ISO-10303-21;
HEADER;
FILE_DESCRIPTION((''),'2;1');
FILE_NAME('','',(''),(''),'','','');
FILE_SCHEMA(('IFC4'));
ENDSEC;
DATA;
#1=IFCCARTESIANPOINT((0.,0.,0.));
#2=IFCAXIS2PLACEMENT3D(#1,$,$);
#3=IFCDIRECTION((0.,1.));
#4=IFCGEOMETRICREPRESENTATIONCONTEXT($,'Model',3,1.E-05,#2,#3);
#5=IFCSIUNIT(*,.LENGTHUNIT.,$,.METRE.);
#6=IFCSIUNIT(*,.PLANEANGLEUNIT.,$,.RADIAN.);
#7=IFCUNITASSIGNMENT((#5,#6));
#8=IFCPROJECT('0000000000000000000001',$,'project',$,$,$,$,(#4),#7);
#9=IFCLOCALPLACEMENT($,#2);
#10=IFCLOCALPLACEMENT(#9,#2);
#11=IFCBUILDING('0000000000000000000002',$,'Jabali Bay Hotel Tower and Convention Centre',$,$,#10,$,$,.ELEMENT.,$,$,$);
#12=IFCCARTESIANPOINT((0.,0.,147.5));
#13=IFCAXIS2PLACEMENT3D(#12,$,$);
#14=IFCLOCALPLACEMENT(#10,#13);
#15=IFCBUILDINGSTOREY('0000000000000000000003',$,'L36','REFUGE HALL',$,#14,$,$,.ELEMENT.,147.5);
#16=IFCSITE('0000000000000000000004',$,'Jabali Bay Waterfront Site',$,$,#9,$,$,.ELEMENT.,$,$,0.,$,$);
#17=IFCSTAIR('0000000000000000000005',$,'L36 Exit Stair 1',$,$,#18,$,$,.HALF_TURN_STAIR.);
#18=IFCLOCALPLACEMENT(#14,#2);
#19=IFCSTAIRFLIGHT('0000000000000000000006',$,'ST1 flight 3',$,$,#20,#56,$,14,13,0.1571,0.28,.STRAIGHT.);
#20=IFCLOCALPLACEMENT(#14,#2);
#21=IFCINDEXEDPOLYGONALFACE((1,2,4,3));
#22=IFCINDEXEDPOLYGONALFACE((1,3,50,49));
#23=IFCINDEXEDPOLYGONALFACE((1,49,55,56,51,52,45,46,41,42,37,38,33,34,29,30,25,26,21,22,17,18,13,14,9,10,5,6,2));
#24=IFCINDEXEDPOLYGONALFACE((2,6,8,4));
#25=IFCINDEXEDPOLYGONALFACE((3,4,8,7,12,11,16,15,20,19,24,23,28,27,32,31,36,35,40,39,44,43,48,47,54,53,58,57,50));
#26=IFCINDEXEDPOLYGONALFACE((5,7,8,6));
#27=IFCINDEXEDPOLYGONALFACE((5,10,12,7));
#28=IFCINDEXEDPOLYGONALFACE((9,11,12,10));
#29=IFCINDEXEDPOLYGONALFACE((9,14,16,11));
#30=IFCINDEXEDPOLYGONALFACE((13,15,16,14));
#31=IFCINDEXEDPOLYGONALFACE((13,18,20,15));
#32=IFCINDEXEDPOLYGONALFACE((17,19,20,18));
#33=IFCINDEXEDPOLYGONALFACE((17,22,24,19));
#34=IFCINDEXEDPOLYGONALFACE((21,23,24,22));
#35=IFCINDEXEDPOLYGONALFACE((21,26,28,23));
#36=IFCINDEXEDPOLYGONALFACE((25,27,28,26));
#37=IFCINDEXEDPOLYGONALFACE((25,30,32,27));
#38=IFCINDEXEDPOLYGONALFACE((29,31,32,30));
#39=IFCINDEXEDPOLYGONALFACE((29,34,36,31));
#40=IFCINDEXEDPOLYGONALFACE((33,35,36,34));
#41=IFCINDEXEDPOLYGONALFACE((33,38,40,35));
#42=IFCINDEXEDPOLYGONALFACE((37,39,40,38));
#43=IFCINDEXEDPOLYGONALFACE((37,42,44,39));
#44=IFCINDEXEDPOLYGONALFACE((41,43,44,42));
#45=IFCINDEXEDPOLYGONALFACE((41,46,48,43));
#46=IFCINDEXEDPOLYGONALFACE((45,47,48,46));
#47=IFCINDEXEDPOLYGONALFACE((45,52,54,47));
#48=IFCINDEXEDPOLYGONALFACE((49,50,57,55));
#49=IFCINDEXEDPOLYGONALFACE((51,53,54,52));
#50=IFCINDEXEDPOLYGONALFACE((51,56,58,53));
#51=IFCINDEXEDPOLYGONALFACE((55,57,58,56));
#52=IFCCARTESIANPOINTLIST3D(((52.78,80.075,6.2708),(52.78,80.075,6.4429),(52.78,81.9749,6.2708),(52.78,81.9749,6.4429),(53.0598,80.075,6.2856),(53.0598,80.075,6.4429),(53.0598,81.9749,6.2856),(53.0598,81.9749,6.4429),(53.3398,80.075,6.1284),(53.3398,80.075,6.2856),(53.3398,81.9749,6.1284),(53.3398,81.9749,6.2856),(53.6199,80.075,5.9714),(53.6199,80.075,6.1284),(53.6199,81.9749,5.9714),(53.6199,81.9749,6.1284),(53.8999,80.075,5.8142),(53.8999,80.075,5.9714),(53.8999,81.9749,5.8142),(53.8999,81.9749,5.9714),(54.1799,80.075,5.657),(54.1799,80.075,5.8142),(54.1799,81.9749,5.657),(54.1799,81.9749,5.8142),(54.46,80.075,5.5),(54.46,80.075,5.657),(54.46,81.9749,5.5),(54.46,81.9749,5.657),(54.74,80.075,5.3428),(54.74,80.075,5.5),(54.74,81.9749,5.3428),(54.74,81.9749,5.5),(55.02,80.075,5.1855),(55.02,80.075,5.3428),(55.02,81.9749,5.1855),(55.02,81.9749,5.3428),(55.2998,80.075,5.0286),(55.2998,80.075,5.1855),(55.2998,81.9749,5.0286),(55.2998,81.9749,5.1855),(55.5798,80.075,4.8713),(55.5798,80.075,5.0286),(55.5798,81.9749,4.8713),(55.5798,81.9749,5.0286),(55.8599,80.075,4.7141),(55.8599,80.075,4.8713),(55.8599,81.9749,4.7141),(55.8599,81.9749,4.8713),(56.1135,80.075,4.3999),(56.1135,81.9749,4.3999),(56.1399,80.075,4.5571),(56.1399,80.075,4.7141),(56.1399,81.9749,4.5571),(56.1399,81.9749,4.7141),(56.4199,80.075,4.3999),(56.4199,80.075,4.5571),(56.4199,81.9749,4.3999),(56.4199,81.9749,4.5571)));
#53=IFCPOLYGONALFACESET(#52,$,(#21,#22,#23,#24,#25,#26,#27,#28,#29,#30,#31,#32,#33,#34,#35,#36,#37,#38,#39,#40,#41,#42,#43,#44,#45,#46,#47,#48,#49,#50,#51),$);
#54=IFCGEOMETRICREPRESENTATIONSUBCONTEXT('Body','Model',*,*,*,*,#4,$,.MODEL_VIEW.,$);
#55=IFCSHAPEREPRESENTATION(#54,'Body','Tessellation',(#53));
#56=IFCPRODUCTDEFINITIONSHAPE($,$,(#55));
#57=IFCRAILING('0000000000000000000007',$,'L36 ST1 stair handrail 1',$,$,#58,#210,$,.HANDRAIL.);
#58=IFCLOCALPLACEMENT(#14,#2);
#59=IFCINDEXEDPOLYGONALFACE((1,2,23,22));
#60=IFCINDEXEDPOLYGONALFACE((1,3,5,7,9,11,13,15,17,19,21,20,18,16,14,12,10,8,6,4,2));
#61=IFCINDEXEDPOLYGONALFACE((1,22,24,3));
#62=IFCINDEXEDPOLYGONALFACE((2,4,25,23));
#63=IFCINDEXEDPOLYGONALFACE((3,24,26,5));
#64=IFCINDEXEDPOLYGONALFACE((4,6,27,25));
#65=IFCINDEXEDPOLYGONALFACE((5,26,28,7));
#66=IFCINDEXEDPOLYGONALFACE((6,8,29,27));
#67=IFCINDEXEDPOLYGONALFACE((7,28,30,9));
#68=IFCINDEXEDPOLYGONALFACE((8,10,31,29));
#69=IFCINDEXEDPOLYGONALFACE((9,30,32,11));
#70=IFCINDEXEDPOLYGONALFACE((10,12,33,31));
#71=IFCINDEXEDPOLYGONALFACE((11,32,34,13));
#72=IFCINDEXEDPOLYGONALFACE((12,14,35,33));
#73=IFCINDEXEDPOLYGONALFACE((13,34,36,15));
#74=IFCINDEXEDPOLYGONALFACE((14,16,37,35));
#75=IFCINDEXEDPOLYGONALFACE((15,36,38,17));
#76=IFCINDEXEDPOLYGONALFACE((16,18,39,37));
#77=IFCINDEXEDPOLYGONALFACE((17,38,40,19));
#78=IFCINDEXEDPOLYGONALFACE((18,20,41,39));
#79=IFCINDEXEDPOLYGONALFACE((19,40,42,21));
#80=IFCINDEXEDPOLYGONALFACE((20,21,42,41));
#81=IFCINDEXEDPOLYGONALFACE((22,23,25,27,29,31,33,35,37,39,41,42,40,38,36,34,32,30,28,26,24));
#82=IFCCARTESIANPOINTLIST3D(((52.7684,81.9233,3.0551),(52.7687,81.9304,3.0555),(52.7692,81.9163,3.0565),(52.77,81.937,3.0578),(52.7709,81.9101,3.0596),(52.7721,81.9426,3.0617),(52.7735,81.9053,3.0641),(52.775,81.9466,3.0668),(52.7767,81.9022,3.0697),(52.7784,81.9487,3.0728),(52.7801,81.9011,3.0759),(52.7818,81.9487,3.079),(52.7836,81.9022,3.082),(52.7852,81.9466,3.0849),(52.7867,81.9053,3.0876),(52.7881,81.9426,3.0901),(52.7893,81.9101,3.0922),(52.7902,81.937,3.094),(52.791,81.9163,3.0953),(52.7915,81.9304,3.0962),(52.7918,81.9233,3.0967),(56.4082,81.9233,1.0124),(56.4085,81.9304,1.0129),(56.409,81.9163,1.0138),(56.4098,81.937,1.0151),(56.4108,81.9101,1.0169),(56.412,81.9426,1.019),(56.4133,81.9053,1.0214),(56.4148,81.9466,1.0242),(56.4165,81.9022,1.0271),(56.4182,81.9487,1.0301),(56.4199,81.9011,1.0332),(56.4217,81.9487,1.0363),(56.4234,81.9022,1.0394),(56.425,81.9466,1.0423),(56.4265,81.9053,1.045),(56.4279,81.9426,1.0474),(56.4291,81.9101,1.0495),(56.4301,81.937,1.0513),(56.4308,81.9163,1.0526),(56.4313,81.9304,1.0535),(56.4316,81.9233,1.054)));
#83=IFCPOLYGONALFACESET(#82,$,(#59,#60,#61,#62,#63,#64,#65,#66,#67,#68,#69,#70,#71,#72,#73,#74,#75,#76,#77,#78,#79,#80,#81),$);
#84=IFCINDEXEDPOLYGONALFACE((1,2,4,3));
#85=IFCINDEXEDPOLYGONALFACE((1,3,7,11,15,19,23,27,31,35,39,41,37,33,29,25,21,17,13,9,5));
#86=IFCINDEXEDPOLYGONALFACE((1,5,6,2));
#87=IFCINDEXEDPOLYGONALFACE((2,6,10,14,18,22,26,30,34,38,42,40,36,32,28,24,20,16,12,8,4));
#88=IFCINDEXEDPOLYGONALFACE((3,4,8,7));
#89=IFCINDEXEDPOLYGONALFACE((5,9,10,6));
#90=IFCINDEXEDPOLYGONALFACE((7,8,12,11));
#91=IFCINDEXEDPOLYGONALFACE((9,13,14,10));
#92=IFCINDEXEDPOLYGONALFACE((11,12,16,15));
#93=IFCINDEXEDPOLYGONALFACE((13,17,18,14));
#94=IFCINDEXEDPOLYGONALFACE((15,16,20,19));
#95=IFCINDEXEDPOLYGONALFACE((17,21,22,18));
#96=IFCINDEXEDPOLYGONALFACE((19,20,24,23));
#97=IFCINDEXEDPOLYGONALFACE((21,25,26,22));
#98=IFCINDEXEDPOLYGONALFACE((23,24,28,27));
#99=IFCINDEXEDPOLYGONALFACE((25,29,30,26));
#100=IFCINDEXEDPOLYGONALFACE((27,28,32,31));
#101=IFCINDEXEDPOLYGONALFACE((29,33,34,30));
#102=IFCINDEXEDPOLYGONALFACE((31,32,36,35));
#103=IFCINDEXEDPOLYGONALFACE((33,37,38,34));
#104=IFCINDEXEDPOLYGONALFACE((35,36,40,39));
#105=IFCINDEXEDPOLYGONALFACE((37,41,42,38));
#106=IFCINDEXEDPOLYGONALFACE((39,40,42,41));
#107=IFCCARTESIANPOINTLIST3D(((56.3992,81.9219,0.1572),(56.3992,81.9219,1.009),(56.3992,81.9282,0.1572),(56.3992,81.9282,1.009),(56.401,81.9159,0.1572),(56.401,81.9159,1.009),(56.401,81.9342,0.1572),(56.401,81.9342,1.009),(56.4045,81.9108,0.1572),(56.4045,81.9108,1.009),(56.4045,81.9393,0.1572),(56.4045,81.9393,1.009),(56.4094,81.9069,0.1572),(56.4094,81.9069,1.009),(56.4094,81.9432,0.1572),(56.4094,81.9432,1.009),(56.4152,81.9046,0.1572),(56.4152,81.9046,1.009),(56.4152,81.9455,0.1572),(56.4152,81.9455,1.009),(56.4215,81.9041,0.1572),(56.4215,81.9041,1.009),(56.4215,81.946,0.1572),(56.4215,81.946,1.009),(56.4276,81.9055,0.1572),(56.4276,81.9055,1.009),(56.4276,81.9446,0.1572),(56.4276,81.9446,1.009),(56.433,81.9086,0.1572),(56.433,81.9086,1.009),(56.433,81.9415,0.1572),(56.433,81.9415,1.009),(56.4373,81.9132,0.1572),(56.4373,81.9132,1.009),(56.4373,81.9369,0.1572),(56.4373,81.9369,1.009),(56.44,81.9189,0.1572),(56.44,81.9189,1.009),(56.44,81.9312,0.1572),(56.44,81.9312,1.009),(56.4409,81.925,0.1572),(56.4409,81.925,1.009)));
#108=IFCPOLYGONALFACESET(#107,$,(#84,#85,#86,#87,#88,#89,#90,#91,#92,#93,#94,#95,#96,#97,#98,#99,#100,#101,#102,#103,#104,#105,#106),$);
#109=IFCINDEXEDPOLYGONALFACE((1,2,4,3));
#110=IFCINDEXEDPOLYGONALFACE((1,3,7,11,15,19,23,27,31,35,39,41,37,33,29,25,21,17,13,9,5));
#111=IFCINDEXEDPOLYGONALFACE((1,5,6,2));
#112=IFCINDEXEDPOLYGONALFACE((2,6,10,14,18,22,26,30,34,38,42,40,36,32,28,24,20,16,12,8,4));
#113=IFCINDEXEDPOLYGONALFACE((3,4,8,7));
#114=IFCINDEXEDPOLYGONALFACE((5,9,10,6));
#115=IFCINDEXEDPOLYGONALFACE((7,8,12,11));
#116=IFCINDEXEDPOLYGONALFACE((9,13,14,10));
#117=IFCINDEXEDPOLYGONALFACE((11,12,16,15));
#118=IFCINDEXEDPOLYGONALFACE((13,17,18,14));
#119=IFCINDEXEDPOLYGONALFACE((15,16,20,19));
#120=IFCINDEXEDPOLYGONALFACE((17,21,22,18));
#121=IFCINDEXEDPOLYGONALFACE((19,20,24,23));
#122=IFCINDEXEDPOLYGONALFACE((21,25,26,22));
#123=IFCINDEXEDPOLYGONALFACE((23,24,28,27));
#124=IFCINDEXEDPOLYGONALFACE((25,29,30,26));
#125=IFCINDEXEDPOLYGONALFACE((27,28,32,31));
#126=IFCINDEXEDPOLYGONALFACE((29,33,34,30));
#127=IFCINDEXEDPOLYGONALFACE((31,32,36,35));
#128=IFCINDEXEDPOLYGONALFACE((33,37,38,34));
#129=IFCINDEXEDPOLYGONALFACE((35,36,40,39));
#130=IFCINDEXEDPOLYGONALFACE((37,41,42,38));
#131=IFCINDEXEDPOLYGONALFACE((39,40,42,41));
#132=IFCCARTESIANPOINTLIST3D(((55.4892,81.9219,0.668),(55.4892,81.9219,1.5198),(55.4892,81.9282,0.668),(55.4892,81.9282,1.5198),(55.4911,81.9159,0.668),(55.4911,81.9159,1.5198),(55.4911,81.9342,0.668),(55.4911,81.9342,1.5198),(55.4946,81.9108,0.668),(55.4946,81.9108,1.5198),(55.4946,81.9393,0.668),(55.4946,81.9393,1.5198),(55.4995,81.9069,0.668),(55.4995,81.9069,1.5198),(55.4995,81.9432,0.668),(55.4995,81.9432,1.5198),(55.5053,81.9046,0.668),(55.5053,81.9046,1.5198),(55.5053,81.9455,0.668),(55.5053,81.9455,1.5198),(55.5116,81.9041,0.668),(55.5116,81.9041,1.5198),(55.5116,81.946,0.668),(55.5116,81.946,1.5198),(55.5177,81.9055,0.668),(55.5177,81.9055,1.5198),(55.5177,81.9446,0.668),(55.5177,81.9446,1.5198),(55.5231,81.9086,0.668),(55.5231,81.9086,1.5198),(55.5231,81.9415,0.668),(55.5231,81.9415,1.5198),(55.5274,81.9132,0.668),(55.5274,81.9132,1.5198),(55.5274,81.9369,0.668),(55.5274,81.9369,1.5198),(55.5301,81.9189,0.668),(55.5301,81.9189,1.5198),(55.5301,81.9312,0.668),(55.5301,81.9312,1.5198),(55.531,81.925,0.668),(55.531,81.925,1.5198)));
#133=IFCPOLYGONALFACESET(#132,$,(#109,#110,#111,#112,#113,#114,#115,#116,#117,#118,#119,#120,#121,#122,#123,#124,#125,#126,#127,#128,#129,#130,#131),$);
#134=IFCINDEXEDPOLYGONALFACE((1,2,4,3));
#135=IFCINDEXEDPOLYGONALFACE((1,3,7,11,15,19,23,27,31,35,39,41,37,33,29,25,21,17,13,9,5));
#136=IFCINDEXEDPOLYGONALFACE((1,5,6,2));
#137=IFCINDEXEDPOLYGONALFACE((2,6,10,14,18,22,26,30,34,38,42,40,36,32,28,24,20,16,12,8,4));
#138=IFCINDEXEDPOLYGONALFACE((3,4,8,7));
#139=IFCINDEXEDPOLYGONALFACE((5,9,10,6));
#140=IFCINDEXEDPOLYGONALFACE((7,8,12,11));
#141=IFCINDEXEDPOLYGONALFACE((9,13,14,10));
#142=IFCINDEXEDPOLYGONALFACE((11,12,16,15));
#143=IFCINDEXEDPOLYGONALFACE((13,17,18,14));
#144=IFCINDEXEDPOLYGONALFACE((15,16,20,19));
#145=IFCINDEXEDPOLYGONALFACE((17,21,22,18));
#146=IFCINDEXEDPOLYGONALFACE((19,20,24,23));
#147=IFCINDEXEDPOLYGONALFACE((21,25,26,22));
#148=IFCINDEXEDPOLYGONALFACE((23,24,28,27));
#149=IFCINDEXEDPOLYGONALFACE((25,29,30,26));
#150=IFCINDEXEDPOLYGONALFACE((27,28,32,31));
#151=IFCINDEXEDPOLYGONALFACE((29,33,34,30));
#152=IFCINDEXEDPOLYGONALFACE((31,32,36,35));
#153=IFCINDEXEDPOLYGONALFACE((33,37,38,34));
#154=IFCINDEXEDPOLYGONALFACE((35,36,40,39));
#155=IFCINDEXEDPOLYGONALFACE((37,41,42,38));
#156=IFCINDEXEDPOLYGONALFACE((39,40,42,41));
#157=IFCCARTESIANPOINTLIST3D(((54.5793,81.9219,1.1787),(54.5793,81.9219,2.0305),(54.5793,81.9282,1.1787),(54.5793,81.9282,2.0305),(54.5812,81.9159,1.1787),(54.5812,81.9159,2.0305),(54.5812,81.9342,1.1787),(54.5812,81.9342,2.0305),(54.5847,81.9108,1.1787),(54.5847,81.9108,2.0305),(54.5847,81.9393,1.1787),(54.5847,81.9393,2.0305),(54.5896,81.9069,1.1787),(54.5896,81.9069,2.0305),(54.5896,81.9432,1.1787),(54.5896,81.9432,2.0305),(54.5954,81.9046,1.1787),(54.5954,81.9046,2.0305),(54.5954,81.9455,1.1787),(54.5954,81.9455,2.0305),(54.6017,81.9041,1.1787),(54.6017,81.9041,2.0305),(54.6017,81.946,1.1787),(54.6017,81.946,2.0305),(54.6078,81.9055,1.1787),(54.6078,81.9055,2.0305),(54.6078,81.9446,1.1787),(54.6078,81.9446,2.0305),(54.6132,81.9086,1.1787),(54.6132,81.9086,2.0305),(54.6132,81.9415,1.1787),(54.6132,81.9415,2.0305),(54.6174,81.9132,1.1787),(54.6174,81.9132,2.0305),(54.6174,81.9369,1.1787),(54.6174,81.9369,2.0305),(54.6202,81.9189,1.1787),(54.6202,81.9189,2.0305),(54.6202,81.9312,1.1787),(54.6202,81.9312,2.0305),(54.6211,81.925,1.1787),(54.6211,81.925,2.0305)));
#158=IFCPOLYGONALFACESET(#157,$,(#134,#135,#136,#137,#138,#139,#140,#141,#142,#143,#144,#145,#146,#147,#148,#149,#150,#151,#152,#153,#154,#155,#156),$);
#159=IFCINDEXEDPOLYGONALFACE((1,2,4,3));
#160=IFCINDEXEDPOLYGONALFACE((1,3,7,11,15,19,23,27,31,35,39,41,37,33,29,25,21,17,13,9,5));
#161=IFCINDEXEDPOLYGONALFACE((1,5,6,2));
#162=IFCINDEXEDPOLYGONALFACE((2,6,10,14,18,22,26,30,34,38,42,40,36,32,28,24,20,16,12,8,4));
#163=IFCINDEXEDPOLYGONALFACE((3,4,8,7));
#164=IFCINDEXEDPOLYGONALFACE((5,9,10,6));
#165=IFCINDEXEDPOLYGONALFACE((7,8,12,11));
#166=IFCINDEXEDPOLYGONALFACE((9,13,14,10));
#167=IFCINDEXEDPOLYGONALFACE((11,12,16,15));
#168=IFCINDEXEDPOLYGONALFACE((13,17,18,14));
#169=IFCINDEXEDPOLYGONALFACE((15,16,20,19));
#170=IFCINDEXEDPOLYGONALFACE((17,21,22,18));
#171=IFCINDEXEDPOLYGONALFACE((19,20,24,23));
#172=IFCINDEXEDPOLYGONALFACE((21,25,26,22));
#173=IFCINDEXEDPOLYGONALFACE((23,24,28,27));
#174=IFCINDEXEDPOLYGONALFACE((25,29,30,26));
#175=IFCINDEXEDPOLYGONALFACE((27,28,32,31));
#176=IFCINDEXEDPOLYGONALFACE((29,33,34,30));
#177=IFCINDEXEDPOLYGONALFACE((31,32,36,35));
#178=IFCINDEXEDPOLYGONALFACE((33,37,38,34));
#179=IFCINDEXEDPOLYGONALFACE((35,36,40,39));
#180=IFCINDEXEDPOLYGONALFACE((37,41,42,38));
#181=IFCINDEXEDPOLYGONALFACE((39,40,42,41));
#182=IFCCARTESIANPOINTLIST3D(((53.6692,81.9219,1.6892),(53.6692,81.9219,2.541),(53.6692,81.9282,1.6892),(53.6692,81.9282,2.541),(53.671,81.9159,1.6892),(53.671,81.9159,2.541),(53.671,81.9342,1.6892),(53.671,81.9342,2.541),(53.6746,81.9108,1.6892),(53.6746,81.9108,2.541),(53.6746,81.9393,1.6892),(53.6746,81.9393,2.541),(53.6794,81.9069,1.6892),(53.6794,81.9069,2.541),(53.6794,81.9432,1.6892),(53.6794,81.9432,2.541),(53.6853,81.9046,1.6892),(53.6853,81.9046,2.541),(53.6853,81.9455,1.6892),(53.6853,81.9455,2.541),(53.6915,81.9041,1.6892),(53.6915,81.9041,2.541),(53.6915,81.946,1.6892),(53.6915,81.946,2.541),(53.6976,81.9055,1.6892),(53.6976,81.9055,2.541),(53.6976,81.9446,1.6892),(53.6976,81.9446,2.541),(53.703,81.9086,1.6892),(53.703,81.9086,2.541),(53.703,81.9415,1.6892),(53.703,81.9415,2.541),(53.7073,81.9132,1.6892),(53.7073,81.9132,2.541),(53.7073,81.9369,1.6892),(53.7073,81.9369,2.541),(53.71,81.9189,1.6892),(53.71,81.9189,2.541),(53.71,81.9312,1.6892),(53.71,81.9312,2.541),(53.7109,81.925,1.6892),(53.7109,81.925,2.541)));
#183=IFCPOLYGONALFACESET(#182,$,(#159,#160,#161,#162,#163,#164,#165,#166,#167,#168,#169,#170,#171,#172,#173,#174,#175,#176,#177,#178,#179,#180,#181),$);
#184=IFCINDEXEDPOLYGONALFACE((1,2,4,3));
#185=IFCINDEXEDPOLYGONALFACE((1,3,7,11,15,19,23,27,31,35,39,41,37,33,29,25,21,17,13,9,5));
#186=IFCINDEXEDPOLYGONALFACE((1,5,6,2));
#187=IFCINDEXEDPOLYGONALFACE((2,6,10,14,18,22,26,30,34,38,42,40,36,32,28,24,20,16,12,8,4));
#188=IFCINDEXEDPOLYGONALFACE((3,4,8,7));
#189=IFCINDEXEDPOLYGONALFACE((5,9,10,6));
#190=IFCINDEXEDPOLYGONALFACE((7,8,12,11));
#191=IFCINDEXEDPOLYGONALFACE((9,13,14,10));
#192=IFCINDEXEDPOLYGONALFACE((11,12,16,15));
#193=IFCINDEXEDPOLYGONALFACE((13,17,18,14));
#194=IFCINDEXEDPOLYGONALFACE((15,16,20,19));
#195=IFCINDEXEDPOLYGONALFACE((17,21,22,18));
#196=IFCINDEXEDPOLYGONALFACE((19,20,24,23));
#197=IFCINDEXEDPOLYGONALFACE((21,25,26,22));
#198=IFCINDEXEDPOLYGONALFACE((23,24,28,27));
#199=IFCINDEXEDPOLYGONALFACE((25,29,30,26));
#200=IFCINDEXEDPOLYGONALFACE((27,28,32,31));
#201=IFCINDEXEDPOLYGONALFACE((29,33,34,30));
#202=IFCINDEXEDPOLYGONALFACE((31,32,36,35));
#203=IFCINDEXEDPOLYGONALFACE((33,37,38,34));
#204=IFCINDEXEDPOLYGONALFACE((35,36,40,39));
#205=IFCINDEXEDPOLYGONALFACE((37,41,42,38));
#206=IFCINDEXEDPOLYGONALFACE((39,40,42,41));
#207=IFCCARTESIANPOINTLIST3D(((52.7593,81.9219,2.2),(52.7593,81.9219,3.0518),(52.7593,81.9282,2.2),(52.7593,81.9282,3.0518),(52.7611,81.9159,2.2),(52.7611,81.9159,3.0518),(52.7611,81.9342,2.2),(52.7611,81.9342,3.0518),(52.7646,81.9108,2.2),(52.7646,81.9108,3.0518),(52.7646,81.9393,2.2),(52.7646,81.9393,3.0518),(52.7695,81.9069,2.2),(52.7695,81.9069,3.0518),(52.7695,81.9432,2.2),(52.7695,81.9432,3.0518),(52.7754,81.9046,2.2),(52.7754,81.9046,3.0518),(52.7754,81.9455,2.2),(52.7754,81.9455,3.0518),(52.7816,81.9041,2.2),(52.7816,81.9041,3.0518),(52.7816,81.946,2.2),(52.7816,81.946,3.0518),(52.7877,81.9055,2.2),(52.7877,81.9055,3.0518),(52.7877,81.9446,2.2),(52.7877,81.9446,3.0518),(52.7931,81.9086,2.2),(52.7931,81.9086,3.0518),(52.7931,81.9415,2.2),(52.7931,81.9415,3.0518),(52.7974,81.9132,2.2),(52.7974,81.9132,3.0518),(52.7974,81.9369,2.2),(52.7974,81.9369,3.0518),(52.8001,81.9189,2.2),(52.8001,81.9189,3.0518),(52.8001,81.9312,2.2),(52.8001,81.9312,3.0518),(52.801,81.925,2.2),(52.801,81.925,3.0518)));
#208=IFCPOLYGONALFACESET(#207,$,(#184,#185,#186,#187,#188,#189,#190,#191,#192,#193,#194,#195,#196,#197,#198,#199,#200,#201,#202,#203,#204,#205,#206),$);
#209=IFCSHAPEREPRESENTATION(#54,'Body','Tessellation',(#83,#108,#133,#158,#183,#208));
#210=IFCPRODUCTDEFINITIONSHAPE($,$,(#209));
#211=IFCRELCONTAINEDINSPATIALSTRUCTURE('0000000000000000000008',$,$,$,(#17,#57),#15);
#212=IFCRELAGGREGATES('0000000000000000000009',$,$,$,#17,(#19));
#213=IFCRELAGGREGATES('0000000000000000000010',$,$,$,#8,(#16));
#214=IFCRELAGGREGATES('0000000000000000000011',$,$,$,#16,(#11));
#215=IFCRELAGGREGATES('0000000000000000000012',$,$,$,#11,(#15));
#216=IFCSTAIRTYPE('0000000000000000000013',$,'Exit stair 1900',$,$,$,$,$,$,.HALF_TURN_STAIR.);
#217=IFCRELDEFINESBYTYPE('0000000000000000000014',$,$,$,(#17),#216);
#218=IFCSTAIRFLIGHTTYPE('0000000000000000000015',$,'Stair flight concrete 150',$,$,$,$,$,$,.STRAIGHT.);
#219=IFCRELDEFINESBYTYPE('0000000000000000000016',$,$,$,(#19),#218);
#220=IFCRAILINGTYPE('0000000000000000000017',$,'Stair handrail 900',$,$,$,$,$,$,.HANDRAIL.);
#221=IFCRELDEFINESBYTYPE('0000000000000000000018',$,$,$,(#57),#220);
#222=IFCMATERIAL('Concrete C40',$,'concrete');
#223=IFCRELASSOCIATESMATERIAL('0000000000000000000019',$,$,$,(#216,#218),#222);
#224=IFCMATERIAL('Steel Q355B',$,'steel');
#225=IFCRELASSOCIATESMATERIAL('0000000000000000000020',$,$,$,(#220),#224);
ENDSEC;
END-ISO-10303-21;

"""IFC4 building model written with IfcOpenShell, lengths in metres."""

from ifc_helpers import new_model, si_unit, direction, frame, origin, origin_2d, place, context, subcontext, project, spatial, polyline, circle, outline, extrude, material, type_object, element, aggregate, save


model = new_model("IFC4")

# Units and contexts
model_context = context("Model", 3, precision=1e-05, world=origin(), true_north=direction((0.0, 1.0)))
body_context = subcontext(model_context, "Body", "Model", "MODEL_VIEW")
ifc_project = project(units=[si_unit("LENGTHUNIT", "METRE"), si_unit("PLANEANGLEUNIT", "RADIAN")], contexts=[model_context])

# Site, building, storey
site_placement = place(None, origin())
site = spatial("IfcSite", under=ifc_project, at=site_placement, Name="Jabali Bay Waterfront Site", CompositionType="ELEMENT", RefElevation=0.0)
building_placement = place(site_placement, origin())
building = spatial("IfcBuilding", under=site, at=building_placement, Name="Jabali Bay Hotel Tower and Convention Centre", CompositionType="ELEMENT")
storey_placement = place(building_placement, frame((0.0, 0.0, 147.5)))
storey = spatial("IfcBuildingStorey", under=building, at=storey_placement, Name="L36", Description="REFUGE HALL", CompositionType="ELEMENT", Elevation=147.5)

# Shared definitions
ifc_material_1 = material(Name="Concrete C40", Category="concrete")

# Stair, stair flight
stair_type = type_object("IfcStairType", Name="Exit stair 1900", PredefinedType="HALF_TURN_STAIR", material=ifc_material_1)
stair_placement = place(storey_placement, origin())
stair = element("IfcStair", 1, at=stair_placement, inside=storey, type_object=stair_type, Name="L36 Exit Stair 1", PredefinedType="HALF_TURN_STAIR")
stair_flight_type = type_object("IfcStairFlightType", Name="Stair flight concrete 150", PredefinedType="STRAIGHT", material=ifc_material_1)
stair_flight_1_placement = place(storey_placement, frame((56.4199, 81.0249, 4.3999), z_axis=(0.0, 0.0, 1.0), x_axis=(-1.0, 0.0, 0.0)))
stair_flight_1 = element("IfcStairFlight", 2, at=stair_flight_1_placement, type_object=stair_flight_type, Name="ST1 flight 3", NumberOfRisers=14, NumberOfTreads=13, PredefinedType="STRAIGHT", RiserHeight=0.1571, TreadLength=0.28, context=body_context, shape_type="SweptSolid", body=[
    extrude(outline(polyline([(0.0, 0.0), (0.0, 0.1572), (0.28, 0.1572), (0.28, 0.3142), (0.5601, 0.3142), (0.5601, 0.4714), (0.8401, 0.4714), (0.8401, 0.6287), (1.1201, 0.6287), (1.1201, 0.7856), (1.3999, 0.7856), (1.3999, 0.9429), (1.6799, 0.9429), (1.6799, 1.1001), (1.96, 1.1001), (1.96, 1.2571), (2.24, 1.2571), (2.24, 1.4143), (2.52, 1.4143), (2.52, 1.5715), (2.8, 1.5715), (2.8, 1.7285), (3.0801, 1.7285), (3.0801, 1.8857), (3.3601, 1.8857), (3.3601, 2.043), (3.6399, 2.043), (3.6399, 2.2), (3.6399, 1.8708), (0.3064, 0.0), (0.0, 0.0)])), frame((0.0, 0.95, 0.0), z_axis=(0.0, -1.0, 0.0), x_axis=(1.0, 0.0, 0.0)), (0.0, 0.0, 1.0), 1.8999),
])
aggregate(stair, [stair_flight_1])

# Railing
ifc_material_2 = material(Name="Steel Q355B", Category="steel")
railing_type_1 = type_object("IfcRailingType", Name="Stair handrail 900", PredefinedType="HANDRAIL", material=ifc_material_2)
railing_1_placement = place(storey_placement, frame((56.4199, 81.925, 0.1572)))
element("IfcRailing", 3, at=railing_1_placement, inside=storey, type_object=railing_type_1, Name="L36 ST1 stair handrail 1", PredefinedType="HANDRAIL", context=body_context, shape_type="SweptSolid", body=[
    extrude(circle(Radius=0.0239, at=origin_2d()), frame((0.0, 0.0, 0.876), z_axis=(-0.872058, 0.0, 0.489403), x_axis=(0.0, -1.0, 0.0)), (0.0, 0.0, 1.0), 4.1738),
    extrude(circle(Radius=0.021, at=origin_2d()), origin(), (0.0, 0.0, 1.0), 0.8518),
    extrude(circle(Radius=0.021, at=origin_2d()), frame((-0.9099, 0.0, 0.5107)), (0.0, 0.0, 1.0), 0.8518),
    extrude(circle(Radius=0.021, at=origin_2d()), frame((-1.8198, 0.0, 1.0215)), (0.0, 0.0, 1.0), 0.8518),
    extrude(circle(Radius=0.021, at=origin_2d()), frame((-2.73, 0.0, 1.532)), (0.0, 0.0, 1.0), 0.8518),
    extrude(circle(Radius=0.021, at=origin_2d()), frame((-3.6399, 0.0, 2.0427)), (0.0, 0.0, 1.0), 0.8518),
])

save(model, "model.ifc")
